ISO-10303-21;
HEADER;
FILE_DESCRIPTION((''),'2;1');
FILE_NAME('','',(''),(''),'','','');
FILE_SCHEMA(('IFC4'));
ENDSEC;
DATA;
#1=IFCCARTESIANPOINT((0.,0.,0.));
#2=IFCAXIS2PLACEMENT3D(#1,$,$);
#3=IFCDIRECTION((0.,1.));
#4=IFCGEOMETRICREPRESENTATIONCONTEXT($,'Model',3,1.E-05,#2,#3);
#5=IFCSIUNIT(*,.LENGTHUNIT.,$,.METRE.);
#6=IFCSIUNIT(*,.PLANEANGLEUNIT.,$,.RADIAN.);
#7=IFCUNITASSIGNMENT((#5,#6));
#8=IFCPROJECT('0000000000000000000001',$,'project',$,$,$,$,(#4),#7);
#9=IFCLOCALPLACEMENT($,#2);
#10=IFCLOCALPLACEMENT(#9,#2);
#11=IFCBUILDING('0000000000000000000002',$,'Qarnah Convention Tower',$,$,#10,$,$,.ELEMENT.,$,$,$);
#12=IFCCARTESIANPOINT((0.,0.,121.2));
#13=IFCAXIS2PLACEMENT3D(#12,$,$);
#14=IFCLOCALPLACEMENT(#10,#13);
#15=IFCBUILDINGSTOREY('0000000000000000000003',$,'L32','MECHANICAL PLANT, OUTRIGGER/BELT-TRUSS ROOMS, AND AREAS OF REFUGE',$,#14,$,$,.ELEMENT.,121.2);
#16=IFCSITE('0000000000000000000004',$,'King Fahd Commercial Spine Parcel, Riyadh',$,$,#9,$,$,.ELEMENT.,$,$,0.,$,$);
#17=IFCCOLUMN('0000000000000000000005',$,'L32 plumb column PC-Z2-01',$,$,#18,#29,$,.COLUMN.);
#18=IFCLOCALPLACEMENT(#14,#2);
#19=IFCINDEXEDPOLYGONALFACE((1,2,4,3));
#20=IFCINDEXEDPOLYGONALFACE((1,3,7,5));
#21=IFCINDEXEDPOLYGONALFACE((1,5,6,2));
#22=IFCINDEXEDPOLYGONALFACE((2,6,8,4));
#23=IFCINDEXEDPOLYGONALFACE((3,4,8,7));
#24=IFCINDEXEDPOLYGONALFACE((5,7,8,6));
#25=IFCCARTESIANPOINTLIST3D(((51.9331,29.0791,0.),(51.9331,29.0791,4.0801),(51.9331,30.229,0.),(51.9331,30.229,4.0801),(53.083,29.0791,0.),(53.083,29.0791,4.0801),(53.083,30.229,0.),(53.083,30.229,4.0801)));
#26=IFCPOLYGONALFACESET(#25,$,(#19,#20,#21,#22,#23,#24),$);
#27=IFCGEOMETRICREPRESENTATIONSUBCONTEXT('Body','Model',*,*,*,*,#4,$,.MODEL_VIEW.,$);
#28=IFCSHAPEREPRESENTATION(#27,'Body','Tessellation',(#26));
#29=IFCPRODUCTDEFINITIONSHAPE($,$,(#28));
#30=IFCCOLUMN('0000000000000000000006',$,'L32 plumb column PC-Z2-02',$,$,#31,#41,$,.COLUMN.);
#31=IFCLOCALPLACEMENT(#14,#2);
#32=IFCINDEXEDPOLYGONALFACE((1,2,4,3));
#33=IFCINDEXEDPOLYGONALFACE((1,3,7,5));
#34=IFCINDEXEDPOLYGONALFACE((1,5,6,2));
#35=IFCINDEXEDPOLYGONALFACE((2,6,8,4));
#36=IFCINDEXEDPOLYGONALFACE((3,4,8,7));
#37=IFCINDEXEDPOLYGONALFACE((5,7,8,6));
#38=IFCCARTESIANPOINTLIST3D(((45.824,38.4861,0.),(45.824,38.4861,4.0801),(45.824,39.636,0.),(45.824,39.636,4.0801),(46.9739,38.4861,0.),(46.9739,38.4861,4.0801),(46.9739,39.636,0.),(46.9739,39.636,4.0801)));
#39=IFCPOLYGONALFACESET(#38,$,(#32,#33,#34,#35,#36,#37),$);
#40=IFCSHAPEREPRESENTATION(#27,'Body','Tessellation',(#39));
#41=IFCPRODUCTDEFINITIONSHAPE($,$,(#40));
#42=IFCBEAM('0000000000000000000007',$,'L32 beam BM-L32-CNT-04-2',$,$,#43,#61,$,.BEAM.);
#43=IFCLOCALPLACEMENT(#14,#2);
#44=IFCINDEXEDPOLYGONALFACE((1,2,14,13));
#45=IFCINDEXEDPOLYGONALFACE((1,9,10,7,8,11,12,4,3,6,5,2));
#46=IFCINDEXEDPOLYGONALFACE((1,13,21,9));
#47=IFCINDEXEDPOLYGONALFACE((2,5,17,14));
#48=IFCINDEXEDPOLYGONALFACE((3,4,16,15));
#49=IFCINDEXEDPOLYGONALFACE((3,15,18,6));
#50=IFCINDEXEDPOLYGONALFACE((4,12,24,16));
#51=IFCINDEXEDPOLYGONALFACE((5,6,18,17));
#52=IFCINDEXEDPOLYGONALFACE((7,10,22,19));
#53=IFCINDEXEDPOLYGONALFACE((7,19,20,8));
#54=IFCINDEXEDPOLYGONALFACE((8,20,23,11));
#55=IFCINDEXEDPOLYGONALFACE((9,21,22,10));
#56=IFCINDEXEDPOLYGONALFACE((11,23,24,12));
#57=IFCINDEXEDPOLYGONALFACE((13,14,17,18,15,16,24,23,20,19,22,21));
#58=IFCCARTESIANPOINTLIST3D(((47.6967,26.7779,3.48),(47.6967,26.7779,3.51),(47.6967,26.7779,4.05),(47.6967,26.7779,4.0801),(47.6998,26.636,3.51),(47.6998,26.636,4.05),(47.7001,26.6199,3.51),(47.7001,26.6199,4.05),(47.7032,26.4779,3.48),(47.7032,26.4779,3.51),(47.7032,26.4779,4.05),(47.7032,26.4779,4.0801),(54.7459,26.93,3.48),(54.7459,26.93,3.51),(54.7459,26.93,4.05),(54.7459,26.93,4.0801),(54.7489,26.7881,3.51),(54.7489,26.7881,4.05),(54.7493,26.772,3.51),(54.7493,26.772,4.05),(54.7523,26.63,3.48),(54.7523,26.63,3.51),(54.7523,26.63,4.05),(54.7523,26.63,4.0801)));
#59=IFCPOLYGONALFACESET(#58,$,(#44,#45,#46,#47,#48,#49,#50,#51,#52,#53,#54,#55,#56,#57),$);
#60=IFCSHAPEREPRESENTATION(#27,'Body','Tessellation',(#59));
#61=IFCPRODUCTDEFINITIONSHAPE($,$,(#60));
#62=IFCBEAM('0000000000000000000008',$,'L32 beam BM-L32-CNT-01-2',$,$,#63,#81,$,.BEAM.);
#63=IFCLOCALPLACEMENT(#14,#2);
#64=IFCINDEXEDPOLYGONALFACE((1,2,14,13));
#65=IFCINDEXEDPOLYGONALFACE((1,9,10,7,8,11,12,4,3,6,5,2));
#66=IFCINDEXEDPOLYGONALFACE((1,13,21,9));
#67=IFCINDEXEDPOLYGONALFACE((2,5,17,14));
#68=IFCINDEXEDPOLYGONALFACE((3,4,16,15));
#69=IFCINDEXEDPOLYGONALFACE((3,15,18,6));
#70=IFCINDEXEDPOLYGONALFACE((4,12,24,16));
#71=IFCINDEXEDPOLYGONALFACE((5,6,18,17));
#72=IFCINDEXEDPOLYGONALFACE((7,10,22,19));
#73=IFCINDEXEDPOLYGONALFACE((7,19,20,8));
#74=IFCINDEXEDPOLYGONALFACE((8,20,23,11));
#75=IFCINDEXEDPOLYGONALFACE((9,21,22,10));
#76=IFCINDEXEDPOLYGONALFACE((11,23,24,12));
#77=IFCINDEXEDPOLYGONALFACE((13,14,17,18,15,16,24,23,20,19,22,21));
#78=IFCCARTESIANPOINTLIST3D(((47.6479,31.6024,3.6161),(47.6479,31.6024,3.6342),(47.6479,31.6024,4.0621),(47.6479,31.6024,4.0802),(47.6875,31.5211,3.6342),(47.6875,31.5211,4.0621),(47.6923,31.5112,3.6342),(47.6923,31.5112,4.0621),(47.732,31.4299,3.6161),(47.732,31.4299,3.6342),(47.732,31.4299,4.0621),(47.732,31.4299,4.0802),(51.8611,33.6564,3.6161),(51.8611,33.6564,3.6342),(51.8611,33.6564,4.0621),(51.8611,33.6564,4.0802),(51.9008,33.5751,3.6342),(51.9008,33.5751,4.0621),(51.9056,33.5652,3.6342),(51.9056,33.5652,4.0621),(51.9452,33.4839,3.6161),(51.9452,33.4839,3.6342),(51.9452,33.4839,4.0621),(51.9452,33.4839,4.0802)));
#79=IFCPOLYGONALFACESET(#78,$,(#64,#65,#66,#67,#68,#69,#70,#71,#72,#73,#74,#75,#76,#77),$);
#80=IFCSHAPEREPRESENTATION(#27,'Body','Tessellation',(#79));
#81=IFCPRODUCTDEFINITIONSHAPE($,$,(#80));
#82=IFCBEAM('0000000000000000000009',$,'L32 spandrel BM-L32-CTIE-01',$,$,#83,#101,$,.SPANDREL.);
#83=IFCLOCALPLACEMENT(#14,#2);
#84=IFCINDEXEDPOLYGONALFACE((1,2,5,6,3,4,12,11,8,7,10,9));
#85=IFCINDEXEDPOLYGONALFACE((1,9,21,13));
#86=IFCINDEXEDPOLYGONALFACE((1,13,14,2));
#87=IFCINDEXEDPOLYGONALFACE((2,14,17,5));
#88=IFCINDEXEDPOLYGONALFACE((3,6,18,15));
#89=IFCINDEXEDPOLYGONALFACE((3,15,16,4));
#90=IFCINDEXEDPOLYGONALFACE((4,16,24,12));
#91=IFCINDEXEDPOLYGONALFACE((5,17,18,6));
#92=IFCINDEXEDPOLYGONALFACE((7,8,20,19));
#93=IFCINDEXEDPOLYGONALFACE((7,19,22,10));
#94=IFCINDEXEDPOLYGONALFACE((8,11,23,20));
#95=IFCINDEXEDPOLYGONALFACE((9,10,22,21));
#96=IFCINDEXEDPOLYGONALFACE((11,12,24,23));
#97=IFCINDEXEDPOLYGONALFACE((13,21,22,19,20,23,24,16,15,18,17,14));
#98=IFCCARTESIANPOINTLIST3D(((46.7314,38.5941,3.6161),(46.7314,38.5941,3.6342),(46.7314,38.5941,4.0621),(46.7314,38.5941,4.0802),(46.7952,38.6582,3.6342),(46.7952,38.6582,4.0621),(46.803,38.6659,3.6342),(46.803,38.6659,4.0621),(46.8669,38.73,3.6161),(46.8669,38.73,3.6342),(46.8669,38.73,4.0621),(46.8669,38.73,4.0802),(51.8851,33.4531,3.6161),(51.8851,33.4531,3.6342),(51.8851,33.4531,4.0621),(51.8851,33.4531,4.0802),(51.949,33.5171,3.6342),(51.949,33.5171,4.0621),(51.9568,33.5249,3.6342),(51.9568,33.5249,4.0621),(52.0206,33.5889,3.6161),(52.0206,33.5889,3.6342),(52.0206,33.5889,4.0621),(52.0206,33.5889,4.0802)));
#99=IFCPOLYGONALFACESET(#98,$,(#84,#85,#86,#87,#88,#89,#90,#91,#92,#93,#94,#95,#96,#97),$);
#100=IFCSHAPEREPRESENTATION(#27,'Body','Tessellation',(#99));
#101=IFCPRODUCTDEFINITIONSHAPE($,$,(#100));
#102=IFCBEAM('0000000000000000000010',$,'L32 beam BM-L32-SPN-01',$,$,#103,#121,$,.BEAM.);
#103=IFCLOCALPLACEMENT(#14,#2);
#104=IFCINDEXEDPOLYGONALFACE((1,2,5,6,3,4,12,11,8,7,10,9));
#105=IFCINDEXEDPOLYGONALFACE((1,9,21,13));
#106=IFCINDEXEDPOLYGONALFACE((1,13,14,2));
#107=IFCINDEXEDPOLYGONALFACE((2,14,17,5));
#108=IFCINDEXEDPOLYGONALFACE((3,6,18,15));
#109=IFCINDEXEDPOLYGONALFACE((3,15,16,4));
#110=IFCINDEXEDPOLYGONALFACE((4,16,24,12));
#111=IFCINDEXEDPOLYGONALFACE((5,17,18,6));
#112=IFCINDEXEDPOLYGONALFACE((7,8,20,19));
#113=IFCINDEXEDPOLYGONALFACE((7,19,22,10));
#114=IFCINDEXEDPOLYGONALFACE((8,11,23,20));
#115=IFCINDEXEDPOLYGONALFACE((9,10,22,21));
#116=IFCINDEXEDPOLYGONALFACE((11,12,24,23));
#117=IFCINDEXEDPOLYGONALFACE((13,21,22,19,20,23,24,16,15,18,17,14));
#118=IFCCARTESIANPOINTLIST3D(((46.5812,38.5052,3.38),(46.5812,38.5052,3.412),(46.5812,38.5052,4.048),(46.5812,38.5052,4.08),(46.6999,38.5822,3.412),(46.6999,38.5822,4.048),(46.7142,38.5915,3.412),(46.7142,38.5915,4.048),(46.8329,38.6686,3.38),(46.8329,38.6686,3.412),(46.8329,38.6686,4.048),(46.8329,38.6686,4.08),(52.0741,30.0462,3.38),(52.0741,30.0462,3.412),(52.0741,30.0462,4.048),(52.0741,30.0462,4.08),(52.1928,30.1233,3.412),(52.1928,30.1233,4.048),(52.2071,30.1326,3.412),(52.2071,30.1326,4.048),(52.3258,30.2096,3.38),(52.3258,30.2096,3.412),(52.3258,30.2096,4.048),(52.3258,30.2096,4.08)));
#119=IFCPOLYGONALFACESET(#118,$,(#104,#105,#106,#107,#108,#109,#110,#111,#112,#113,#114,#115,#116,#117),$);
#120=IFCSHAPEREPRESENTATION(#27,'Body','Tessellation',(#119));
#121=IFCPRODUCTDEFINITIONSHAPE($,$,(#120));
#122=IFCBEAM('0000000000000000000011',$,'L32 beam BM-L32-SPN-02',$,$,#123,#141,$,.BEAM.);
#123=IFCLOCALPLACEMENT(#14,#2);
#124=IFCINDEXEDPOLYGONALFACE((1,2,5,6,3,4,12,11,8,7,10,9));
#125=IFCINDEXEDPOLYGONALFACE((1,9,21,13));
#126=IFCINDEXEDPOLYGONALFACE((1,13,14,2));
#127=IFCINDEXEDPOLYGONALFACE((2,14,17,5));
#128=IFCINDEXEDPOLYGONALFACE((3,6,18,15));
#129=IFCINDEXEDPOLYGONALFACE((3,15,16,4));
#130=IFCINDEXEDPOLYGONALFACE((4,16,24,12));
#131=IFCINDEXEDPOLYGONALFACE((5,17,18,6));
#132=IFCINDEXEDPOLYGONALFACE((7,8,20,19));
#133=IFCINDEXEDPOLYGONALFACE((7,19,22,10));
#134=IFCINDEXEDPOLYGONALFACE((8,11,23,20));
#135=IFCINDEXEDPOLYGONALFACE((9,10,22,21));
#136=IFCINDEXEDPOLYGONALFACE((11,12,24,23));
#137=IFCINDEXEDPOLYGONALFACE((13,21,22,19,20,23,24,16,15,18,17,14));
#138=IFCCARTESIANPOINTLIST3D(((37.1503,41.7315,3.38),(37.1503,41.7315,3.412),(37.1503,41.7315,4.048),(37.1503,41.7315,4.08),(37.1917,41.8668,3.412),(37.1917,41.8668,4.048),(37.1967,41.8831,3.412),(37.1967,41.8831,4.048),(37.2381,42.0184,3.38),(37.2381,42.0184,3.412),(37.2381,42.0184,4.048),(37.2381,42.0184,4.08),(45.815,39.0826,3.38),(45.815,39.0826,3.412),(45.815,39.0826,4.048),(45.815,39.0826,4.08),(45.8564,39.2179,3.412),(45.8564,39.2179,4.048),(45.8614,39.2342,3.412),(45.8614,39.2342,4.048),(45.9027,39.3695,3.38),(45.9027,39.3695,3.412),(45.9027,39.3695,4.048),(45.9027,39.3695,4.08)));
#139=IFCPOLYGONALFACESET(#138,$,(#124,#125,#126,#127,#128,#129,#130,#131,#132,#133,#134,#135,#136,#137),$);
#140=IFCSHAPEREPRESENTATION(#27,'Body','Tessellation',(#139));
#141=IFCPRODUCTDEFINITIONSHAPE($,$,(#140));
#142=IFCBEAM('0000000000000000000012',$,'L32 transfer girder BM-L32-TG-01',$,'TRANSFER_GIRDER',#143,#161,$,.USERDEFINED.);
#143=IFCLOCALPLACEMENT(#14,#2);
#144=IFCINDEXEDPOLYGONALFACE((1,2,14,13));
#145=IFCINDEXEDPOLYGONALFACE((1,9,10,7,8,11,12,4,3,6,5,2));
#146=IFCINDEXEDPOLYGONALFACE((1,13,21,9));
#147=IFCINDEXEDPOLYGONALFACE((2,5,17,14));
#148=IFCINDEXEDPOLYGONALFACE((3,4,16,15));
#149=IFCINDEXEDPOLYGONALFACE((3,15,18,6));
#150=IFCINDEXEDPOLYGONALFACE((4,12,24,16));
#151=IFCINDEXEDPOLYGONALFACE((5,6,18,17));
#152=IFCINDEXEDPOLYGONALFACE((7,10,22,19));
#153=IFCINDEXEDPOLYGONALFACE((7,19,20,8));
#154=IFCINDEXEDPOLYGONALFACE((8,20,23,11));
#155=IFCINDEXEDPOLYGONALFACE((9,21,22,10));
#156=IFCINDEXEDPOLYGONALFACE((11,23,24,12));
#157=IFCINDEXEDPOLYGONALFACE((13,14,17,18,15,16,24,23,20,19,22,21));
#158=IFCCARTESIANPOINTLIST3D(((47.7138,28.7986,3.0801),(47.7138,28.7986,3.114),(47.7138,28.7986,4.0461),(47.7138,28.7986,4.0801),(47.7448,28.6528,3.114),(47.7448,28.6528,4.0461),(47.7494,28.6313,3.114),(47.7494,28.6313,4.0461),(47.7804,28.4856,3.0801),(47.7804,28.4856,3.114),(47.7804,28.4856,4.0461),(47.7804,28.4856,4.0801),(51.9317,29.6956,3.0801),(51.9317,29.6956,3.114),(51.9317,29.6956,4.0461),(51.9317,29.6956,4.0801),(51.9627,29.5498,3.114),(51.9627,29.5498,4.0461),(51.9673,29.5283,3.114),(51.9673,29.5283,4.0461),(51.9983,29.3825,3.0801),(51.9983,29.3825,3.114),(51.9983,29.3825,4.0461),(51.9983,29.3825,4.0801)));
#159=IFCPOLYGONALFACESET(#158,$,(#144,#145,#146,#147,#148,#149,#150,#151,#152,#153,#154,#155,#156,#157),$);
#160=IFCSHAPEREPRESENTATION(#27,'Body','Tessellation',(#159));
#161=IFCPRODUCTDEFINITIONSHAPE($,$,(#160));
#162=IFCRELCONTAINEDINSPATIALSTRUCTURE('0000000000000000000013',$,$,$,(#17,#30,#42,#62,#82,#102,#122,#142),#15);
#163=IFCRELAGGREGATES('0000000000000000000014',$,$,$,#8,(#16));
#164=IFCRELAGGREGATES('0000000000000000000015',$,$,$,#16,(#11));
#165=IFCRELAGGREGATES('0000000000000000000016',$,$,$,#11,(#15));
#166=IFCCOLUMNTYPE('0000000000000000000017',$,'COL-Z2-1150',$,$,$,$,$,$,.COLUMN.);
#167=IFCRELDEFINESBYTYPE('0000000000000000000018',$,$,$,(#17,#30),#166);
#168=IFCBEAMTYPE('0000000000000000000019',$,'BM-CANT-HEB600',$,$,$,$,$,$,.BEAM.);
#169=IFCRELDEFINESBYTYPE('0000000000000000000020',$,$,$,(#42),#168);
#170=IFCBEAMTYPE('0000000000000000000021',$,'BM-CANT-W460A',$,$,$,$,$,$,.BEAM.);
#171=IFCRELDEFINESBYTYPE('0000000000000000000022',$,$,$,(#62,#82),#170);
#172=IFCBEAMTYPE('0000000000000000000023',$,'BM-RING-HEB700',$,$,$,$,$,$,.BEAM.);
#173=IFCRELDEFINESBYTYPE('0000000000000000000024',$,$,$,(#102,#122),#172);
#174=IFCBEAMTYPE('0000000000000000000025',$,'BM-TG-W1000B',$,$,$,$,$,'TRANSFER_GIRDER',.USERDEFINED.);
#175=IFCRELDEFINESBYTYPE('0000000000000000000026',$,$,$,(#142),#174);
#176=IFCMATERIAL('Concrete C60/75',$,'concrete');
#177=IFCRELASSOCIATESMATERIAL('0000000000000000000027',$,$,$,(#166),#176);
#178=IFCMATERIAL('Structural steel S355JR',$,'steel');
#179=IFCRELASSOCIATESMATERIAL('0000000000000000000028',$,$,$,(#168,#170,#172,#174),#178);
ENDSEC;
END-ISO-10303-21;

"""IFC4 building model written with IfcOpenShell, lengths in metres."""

from ifc_helpers import new_model, si_unit, direction, frame, origin, origin_2d, place, context, subcontext, project, spatial, rectangle, i_section, extrude, material, material_profile, profile_set, type_object, element, save


model = new_model("IFC4")

# Units and contexts
model_context = context("Model", 3, precision=1e-05, world=origin(), true_north=direction((0.0, 1.0)))
body_context = subcontext(model_context, "Body", "Model", "MODEL_VIEW")
ifc_project = project(units=[si_unit("LENGTHUNIT", "METRE"), si_unit("PLANEANGLEUNIT", "RADIAN")], contexts=[model_context])

# Site, building, storey
site_placement = place(None, origin())
site = spatial("IfcSite", under=ifc_project, at=site_placement, Name="King Fahd Commercial Spine Parcel, Riyadh", CompositionType="ELEMENT", RefElevation=0.0)
building_placement = place(site_placement, origin())
building = spatial("IfcBuilding", under=site, at=building_placement, Name="Qarnah Convention Tower", CompositionType="ELEMENT")
storey_placement = place(building_placement, frame((0.0, 0.0, 121.2)))
storey = spatial("IfcBuildingStorey", under=building, at=storey_placement, Name="L32", Description="MECHANICAL PLANT, OUTRIGGER/BELT-TRUSS ROOMS, AND AREAS OF REFUGE", CompositionType="ELEMENT", Elevation=121.2)

# Columns
ifc_material_1 = material(Name="Concrete C60/75", Category="concrete")
ifc_material_profile_1 = material_profile(ifc_material_1, rectangle(XDim=1.1499, YDim=1.1499, at=origin_2d()), Name="RC-COL-1150X1150")
ifc_profile_set_1 = profile_set([ifc_material_profile_1], Name="Concrete C60/75")
column_type = type_object("IfcColumnType", Name="COL-Z2-1150", PredefinedType="COLUMN", material=ifc_profile_set_1)
for number, where, z_axis, x_axis, name in (
    (1, (52.5081, 29.6541, 0.0), (0.0, 0.0, 1.0), (1.0, 0.0, 0.0), "L32 plumb column PC-Z2-01"),
    (2, (46.3989, 39.061, 0.0), (0.0, 0.0, 1.0), (1.0, 0.0, 0.0), "L32 plumb column PC-Z2-02"),
):
    element("IfcColumn", number, at=place(storey_placement, frame(where, z_axis=z_axis, x_axis=x_axis)), inside=storey, type_object=column_type, Name=name, PredefinedType="COLUMN", context=body_context, shape_type="SweptSolid", body=[
        extrude(rectangle(XDim=1.1499, YDim=1.1499, at=origin_2d()), origin(), (0.0, 0.0, 1.0), 4.0801),
    ])

# Beams
ifc_material_2 = material(Name="Structural steel S355JR", Category="steel")
ifc_material_profile_2 = material_profile(ifc_material_2, i_section(OverallWidth=0.3, OverallDepth=0.6001, WebThickness=0.0161, FlangeThickness=0.03, at=origin_2d()), Name="HEB600")
ifc_profile_set_2 = profile_set([ifc_material_profile_2], Name="Structural steel S355JR")
beam_type_1 = type_object("IfcBeamType", Name="BM-CANT-HEB600", PredefinedType="BEAM", material=ifc_profile_set_2)
beam_1_placement = place(storey_placement, frame((47.7, 26.6279, 3.78), z_axis=(0.999767, 0.021572, 0.0), x_axis=(-0.021572, 0.999767, 0.0)))
element("IfcBeam", 3, at=beam_1_placement, inside=storey, type_object=beam_type_1, Name="L32 beam BM-L32-CNT-04-2", PredefinedType="BEAM", context=body_context, shape_type="SweptSolid", body=[
    extrude(i_section(OverallWidth=0.3, OverallDepth=0.6001, WebThickness=0.0161, FlangeThickness=0.03, at=origin_2d()), origin(), (0.0, 0.0, 1.0), 7.0508),
])
ifc_material_profile_3 = material_profile(ifc_material_2, i_section(OverallWidth=0.1919, OverallDepth=0.4641, WebThickness=0.011, FlangeThickness=0.0181, at=origin_2d()), Name="W460X89")
ifc_profile_set_3 = profile_set([ifc_material_profile_3], Name="Structural steel S355JR")
beam_type_2 = type_object("IfcBeamType", Name="BM-CANT-W460A", PredefinedType="BEAM", material=ifc_profile_set_3)
beam_2_placement = place(storey_placement, frame((47.6899, 31.5161, 3.8481), z_axis=(0.898872, 0.438211, 0.0), x_axis=(-0.438211, 0.898872, 0.0)))
element("IfcBeam", 4, at=beam_2_placement, inside=storey, type_object=beam_type_2, Name="L32 beam BM-L32-CNT-01-2", PredefinedType="BEAM", context=body_context, shape_type="SweptSolid", body=[
    extrude(i_section(OverallWidth=0.1919, OverallDepth=0.4641, WebThickness=0.011, FlangeThickness=0.0181, at=origin_2d()), origin(), (0.0, 0.0, 1.0), 4.6873),
])
beam_3_placement = place(storey_placement, frame((51.9529, 33.521, 3.8481), z_axis=(-0.707978, 0.706234, 0.0), x_axis=(-0.706234, -0.707978, 0.0)))
element("IfcBeam", 5, at=beam_3_placement, inside=storey, type_object=beam_type_2, Name="L32 spandrel BM-L32-CTIE-01", PredefinedType="SPANDREL", context=body_context, shape_type="SweptSolid", body=[
    extrude(i_section(OverallWidth=0.1919, OverallDepth=0.4641, WebThickness=0.011, FlangeThickness=0.0181, at=origin_2d()), origin(), (0.0, 0.0, 1.0), 7.2795),
])
ifc_material_profile_4 = material_profile(ifc_material_2, i_section(OverallWidth=0.3, OverallDepth=0.7, WebThickness=0.0171, FlangeThickness=0.032, at=origin_2d()), Name="HEB700")
ifc_profile_set_4 = profile_set([ifc_material_profile_4], Name="Structural steel S355JR")
beam_type_3 = type_object("IfcBeamType", Name="BM-RING-HEB700", PredefinedType="BEAM", material=ifc_profile_set_4)
beam_4_placement = place(storey_placement, frame((52.2, 30.1279, 3.73), z_axis=(-0.544611, 0.838689, 0.0), x_axis=(-0.838689, -0.544611, 0.0)))
element("IfcBeam", 6, at=beam_4_placement, inside=storey, type_object=beam_type_3, Name="L32 beam BM-L32-SPN-01", PredefinedType="BEAM", context=body_context, shape_type="SweptSolid", body=[
    extrude(i_section(OverallWidth=0.3, OverallDepth=0.7, WebThickness=0.0171, FlangeThickness=0.032, at=origin_2d()), origin(), (0.0, 0.0, 1.0), 10.0859),
])
beam_5_placement = place(storey_placement, frame((45.8589, 39.2261, 3.73), z_axis=(-0.95631, 0.292355, 0.0), x_axis=(-0.292355, -0.95631, 0.0)))
element("IfcBeam", 7, at=beam_5_placement, inside=storey, type_object=beam_type_3, Name="L32 beam BM-L32-SPN-02", PredefinedType="BEAM", context=body_context, shape_type="SweptSolid", body=[
    extrude(i_section(OverallWidth=0.3, OverallDepth=0.7, WebThickness=0.0171, FlangeThickness=0.032, at=origin_2d()), origin(), (0.0, 0.0, 1.0), 9.0605),
])
ifc_material_profile_5 = material_profile(ifc_material_2, i_section(OverallWidth=0.3201, OverallDepth=1.0, WebThickness=0.022, FlangeThickness=0.0339, at=origin_2d()), Name="W1000X371")
ifc_profile_set_5 = profile_set([ifc_material_profile_5], Name="Structural steel S355JR")
beam_type_4 = type_object("IfcBeamType", Name="BM-TG-W1000B", ElementType="TRANSFER_GIRDER", PredefinedType="USERDEFINED", material=ifc_profile_set_5)
beam_6_placement = place(storey_placement, frame((47.7471, 28.6421, 3.5801), z_axis=(0.978128, 0.208002, 0.0), x_axis=(-0.208002, 0.978128, 0.0)))
element("IfcBeam", 8, at=beam_6_placement, inside=storey, type_object=beam_type_4, Name="L32 transfer girder BM-L32-TG-01", ObjectType="TRANSFER_GIRDER", PredefinedType="USERDEFINED", context=body_context, shape_type="SweptSolid", body=[
    extrude(i_section(OverallWidth=0.3201, OverallDepth=1.0, WebThickness=0.022, FlangeThickness=0.0339, at=origin_2d()), origin(), (0.0, 0.0, 1.0), 4.3123),
])

save(model, "model.ifc")
